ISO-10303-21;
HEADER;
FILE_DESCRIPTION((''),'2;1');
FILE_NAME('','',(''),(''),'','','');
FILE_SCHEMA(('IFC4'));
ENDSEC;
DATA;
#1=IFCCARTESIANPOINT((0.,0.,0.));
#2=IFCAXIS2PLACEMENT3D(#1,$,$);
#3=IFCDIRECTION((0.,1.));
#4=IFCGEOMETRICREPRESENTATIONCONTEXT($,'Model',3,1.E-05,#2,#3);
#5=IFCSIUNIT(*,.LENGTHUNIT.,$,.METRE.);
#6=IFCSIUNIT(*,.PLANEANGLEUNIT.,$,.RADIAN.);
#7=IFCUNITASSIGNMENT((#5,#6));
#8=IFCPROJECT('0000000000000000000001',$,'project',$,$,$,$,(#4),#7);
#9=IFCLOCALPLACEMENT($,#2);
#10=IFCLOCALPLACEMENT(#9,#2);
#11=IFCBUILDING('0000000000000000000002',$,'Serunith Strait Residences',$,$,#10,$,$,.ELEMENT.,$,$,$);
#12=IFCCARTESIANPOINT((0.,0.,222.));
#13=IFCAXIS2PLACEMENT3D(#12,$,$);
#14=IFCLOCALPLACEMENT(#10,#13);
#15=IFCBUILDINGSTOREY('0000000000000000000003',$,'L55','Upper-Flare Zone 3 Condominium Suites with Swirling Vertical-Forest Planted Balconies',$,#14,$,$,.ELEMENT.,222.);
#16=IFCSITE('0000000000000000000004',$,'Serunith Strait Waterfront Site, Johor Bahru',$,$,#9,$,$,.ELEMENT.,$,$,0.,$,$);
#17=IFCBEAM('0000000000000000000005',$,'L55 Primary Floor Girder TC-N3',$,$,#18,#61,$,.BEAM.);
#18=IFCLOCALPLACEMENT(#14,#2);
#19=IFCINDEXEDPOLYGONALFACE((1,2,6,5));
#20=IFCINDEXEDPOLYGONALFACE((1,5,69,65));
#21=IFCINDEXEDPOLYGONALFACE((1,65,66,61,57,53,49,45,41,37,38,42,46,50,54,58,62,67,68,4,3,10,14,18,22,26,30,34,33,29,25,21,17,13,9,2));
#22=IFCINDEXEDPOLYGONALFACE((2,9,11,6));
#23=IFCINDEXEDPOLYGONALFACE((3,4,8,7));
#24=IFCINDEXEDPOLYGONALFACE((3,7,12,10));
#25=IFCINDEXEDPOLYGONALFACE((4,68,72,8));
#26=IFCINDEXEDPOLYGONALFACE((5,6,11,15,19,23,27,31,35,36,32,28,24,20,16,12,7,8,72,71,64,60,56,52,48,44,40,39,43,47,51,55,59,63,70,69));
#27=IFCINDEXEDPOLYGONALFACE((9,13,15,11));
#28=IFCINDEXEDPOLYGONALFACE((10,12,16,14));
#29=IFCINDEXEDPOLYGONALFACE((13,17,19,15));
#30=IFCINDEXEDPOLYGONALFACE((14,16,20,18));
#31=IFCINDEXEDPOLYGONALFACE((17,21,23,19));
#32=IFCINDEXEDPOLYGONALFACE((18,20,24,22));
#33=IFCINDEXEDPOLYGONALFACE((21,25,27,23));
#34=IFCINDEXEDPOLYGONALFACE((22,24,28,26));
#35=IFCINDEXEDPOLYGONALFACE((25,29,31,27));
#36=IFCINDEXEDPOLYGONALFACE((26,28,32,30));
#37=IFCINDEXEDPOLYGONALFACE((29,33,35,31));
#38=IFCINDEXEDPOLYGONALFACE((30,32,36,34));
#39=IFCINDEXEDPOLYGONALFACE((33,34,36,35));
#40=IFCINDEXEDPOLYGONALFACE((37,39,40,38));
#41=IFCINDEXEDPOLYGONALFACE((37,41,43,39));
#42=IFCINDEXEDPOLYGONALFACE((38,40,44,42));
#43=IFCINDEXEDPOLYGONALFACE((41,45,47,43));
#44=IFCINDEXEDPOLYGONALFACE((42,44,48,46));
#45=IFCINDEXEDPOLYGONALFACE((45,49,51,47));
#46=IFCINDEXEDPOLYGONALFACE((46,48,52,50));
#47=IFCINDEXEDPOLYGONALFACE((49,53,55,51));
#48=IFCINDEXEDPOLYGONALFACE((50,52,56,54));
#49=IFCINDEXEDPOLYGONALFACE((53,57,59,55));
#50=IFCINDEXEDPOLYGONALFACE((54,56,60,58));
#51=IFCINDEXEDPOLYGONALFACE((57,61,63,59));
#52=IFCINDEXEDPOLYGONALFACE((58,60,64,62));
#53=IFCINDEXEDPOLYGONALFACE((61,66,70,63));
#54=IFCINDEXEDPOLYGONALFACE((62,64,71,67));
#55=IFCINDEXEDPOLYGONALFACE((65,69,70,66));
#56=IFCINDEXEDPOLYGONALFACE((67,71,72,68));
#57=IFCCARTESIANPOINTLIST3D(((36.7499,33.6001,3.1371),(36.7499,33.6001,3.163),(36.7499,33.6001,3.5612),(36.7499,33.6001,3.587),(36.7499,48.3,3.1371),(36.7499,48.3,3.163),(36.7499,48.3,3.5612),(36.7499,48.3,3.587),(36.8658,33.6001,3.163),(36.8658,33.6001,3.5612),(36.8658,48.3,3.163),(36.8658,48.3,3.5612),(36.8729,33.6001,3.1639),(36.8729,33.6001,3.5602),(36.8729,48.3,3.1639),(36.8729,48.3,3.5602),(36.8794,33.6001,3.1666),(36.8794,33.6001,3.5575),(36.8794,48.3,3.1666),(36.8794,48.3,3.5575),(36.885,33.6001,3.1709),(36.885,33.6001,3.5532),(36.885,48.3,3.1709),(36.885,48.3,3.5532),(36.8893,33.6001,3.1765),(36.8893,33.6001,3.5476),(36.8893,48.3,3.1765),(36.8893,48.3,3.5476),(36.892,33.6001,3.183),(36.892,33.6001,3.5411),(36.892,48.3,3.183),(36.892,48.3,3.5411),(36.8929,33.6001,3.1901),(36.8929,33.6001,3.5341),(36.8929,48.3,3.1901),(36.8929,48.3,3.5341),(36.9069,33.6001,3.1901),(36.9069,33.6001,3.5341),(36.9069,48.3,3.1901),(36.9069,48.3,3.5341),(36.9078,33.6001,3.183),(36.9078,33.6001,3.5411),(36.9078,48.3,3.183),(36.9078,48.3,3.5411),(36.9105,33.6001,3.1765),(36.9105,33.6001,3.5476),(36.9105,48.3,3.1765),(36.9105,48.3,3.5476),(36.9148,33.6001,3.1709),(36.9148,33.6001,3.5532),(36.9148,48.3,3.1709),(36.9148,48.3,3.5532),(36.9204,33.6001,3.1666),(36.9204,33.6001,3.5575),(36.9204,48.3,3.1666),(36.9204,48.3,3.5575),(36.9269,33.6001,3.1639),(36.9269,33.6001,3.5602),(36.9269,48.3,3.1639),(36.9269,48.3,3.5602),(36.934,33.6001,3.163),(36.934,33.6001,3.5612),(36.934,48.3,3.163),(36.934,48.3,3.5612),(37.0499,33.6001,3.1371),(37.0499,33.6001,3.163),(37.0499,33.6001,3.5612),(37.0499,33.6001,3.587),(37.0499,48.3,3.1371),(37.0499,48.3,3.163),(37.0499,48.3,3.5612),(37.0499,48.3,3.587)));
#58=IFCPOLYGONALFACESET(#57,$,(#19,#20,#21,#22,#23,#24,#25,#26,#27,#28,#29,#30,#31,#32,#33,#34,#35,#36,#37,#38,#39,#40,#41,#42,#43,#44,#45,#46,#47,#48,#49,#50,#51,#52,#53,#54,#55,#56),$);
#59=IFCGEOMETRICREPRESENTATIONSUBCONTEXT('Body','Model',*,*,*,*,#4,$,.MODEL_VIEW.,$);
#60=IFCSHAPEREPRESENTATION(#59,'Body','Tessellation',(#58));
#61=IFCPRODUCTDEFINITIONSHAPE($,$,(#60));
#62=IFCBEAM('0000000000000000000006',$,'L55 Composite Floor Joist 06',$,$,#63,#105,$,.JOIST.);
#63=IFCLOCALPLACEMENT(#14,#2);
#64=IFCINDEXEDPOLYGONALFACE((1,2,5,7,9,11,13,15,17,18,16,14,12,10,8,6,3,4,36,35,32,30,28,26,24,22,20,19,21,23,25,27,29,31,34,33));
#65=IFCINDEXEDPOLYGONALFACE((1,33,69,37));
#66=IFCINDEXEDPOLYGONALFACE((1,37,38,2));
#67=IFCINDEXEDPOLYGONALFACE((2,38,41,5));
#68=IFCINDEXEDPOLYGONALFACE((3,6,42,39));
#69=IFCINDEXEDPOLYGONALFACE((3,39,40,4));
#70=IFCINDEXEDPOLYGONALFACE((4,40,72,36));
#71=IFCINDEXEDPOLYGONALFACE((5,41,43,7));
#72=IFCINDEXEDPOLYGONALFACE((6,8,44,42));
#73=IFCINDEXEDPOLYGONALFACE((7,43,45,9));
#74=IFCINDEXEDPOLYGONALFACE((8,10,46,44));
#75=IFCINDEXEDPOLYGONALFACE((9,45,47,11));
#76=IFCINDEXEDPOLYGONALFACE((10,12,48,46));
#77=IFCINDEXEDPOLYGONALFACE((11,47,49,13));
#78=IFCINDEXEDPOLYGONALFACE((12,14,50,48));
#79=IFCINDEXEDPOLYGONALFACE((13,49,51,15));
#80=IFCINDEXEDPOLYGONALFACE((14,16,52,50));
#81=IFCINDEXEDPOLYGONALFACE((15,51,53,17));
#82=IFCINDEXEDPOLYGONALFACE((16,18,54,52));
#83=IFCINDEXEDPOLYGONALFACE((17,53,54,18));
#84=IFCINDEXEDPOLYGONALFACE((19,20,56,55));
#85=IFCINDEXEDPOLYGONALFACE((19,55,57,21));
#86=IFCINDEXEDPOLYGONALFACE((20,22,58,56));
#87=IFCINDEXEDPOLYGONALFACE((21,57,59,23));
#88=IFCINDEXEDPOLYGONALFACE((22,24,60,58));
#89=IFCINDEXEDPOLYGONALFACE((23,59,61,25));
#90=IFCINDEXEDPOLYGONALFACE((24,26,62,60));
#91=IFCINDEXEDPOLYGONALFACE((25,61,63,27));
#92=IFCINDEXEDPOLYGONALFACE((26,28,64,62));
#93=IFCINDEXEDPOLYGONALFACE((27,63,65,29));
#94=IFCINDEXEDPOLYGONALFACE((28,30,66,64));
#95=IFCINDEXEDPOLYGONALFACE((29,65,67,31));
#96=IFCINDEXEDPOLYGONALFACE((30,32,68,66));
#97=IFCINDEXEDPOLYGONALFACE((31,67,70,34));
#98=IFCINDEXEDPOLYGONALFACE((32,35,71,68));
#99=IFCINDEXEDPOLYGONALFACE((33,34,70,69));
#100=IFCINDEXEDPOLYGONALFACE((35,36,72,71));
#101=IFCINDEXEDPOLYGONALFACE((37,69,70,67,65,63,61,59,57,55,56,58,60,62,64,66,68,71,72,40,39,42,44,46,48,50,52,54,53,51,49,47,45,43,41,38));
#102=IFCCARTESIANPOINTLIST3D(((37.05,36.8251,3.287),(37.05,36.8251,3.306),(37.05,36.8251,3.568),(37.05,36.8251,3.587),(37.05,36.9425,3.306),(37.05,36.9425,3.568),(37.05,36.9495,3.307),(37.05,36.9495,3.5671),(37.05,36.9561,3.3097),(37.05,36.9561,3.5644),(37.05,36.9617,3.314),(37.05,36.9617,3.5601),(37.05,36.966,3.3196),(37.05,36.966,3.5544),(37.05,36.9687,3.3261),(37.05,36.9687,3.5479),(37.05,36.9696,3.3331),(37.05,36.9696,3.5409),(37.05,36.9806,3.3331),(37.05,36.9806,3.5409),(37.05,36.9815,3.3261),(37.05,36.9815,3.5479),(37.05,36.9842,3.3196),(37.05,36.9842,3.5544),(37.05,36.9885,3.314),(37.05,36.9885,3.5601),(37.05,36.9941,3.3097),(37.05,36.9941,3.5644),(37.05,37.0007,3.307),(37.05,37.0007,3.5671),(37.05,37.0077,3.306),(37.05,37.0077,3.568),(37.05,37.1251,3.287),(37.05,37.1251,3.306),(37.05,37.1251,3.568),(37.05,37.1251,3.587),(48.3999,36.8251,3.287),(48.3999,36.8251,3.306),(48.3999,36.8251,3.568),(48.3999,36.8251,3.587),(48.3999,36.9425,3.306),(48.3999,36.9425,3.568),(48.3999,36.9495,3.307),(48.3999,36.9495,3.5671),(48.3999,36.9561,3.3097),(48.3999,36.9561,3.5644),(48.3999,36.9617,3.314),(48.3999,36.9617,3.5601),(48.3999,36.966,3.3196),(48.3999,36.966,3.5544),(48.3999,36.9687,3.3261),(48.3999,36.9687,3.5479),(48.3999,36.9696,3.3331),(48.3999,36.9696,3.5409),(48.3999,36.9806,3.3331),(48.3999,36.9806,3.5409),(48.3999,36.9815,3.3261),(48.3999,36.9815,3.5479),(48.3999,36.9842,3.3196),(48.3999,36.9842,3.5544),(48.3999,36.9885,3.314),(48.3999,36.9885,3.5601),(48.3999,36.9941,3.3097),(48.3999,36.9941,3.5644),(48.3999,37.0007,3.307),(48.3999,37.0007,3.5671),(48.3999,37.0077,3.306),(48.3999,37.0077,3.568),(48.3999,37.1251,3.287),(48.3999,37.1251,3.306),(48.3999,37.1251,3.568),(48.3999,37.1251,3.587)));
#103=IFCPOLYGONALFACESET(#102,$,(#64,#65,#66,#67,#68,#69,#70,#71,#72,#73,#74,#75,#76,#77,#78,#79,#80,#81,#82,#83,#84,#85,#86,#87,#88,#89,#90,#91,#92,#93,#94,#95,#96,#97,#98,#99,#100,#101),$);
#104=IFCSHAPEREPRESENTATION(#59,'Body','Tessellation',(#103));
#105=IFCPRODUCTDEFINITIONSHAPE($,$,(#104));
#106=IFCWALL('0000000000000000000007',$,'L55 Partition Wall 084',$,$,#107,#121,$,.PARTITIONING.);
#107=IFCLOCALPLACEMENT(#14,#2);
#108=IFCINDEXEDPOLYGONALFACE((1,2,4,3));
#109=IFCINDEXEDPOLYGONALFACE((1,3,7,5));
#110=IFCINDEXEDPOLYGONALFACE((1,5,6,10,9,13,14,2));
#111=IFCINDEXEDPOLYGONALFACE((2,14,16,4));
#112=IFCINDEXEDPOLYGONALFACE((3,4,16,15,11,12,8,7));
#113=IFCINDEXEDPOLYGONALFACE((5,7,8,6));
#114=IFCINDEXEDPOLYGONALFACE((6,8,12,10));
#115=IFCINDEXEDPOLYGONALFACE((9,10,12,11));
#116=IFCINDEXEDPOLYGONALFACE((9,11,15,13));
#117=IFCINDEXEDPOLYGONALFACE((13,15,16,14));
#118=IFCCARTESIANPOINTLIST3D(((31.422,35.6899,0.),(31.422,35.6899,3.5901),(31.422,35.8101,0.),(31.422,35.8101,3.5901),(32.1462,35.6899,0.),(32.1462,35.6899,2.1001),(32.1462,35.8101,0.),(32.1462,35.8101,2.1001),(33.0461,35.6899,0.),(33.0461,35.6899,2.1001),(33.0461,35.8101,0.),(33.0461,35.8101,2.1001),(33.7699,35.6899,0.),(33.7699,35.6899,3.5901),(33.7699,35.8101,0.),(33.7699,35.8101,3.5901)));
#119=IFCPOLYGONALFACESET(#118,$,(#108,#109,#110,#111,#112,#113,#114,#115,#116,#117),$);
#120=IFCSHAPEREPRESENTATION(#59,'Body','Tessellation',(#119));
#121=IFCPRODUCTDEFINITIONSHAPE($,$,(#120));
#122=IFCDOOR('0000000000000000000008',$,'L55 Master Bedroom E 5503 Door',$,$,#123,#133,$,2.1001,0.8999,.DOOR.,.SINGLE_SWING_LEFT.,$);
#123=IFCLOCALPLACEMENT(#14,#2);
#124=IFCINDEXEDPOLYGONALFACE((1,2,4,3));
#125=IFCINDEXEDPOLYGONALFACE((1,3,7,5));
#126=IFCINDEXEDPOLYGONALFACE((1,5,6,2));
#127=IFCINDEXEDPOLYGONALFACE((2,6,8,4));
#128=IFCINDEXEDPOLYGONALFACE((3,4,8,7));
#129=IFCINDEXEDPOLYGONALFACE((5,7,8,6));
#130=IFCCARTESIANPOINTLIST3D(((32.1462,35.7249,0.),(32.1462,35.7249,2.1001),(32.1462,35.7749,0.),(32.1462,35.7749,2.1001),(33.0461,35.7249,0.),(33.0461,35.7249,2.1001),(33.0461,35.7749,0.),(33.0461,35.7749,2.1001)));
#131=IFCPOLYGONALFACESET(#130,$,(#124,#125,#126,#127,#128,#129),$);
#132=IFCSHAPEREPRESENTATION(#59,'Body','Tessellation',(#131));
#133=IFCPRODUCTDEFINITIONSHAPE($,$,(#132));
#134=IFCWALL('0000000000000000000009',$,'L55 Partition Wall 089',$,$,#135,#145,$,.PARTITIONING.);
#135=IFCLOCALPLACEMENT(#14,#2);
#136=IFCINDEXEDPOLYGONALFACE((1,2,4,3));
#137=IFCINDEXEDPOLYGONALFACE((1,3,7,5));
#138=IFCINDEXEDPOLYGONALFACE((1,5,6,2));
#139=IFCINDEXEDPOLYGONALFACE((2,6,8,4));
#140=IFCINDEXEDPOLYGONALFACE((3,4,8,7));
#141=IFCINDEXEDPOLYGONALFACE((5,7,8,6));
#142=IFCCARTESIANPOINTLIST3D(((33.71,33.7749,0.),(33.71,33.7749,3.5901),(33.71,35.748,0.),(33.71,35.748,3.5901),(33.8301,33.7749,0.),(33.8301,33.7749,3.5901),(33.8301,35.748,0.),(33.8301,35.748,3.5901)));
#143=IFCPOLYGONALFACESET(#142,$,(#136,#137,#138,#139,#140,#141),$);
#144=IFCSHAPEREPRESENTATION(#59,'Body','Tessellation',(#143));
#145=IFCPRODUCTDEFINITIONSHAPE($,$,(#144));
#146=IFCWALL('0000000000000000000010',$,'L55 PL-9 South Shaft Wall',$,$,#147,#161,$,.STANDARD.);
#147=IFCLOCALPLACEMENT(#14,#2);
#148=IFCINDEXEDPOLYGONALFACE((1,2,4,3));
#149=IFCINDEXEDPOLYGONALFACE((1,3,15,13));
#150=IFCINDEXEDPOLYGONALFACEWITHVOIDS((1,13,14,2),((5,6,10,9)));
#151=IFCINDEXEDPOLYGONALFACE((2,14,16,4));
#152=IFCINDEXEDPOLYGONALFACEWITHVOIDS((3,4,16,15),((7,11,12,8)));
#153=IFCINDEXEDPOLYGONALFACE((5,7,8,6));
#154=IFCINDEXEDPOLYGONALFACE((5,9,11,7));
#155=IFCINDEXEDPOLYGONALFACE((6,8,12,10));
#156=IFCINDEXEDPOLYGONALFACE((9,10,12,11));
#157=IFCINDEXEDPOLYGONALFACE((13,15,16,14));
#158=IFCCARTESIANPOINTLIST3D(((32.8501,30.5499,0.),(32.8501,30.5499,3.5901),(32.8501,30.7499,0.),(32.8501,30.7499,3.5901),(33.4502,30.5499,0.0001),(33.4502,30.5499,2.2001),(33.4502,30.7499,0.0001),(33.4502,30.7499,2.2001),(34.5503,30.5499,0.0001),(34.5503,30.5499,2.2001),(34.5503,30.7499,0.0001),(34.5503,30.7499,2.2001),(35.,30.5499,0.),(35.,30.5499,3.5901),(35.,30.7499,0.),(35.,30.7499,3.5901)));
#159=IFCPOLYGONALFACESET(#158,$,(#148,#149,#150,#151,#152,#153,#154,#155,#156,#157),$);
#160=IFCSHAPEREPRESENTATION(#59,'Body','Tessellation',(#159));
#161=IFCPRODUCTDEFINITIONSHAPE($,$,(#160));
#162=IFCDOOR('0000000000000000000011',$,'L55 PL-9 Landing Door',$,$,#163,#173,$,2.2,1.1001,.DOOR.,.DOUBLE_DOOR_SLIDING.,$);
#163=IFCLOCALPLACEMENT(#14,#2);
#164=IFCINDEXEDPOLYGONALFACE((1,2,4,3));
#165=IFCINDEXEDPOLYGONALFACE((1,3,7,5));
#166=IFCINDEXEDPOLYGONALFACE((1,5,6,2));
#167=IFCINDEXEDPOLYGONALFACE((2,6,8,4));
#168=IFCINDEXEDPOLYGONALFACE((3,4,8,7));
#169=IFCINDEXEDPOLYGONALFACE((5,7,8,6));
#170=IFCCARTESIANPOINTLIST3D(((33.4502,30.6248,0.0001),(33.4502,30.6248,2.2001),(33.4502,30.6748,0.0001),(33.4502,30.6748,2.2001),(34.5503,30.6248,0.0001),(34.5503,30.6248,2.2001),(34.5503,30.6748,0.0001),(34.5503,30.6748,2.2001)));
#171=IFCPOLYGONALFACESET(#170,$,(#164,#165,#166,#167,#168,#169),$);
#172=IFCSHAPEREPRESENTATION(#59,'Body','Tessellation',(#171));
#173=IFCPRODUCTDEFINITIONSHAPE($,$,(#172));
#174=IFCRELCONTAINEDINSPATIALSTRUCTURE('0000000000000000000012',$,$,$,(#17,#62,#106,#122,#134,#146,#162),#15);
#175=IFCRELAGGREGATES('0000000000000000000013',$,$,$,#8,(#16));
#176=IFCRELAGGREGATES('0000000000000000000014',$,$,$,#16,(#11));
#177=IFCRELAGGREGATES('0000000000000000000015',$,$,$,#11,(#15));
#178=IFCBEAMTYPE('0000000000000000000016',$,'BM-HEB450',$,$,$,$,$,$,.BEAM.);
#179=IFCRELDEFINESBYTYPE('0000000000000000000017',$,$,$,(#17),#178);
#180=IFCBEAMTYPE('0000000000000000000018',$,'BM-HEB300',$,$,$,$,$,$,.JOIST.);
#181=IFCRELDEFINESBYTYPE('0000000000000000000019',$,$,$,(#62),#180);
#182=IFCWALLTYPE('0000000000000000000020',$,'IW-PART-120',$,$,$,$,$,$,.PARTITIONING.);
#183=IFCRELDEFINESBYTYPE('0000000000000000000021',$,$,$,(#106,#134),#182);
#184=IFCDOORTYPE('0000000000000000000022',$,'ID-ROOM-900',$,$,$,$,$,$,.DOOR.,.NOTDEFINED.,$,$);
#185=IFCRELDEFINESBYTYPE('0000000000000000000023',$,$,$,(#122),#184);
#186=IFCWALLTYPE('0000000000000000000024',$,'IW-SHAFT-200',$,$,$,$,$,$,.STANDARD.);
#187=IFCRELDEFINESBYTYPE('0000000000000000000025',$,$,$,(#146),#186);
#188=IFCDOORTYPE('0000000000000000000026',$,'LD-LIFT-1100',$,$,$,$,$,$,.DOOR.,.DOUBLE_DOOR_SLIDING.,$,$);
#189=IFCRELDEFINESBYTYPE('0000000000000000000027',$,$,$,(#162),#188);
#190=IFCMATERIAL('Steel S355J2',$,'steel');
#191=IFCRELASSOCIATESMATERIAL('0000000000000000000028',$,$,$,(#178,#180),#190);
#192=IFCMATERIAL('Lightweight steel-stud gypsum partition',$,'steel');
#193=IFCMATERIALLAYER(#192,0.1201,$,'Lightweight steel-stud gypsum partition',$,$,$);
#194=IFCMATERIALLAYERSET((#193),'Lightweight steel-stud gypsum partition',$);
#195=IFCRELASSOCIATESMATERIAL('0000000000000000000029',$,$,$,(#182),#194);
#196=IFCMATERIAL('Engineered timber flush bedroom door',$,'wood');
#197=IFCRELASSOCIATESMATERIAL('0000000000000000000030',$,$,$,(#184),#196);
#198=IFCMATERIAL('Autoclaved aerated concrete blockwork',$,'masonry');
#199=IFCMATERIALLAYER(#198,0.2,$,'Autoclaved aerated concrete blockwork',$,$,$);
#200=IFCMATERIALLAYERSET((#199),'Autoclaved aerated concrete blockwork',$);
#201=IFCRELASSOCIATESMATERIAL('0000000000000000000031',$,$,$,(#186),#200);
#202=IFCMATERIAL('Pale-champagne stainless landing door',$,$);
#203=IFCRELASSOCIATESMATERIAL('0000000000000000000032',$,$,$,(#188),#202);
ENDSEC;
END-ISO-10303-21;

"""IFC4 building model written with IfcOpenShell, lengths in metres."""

from ifc_helpers import new_model, si_unit, direction, frame, frame_2d, origin, origin_2d, place, context, subcontext, project, spatial, rectangle, i_section, extrude, source, transform, mapped, material, layer, layer_set, material_profile, profile_set, type_object, element, fill, save


model = new_model("IFC4")

# Units and contexts
model_context = context("Model", 3, precision=1e-05, world=origin(), true_north=direction((0.0, 1.0)))
body_context = subcontext(model_context, "Body", "Model", "MODEL_VIEW")
ifc_project = project(units=[si_unit("LENGTHUNIT", "METRE"), si_unit("PLANEANGLEUNIT", "RADIAN")], contexts=[model_context])

# Site, building, storey
site_placement = place(None, origin())
site = spatial("IfcSite", under=ifc_project, at=site_placement, Name="Serunith Strait Waterfront Site, Johor Bahru", CompositionType="ELEMENT", RefElevation=0.0)
building_placement = place(site_placement, origin())
building = spatial("IfcBuilding", under=site, at=building_placement, Name="Serunith Strait Residences", CompositionType="ELEMENT")
storey_placement = place(building_placement, frame((0.0, 0.0, 222.0)))
storey = spatial("IfcBuildingStorey", under=building, at=storey_placement, Name="L55", Description="Upper-Flare Zone 3 Condominium Suites with Swirling Vertical-Forest Planted Balconies", CompositionType="ELEMENT", Elevation=222.0)

# Beams
ifc_material_1 = material(Name="Steel S355J2", Category="steel")
ifc_material_profile_1 = material_profile(ifc_material_1, i_section(OverallWidth=0.3, OverallDepth=0.45, WebThickness=0.0139, FlangeThickness=0.0259, FilletRadius=0.0271, at=origin_2d()), Name="HEB 450")
ifc_profile_set_1 = profile_set([ifc_material_profile_1], Name="Steel S355J2")
beam_type_1 = type_object("IfcBeamType", Name="BM-HEB450", PredefinedType="BEAM", material=ifc_profile_set_1)
shared_shape_1 = source(origin(), body_context, "Body", "SweptSolid", [
    extrude(i_section(OverallWidth=0.3, OverallDepth=0.45, WebThickness=0.0139, FlangeThickness=0.0259, FilletRadius=0.0271, at=origin_2d()), origin(), (0.0, 0.0, 1.0), 14.7),
])
beam_1_placement = place(storey_placement, frame((36.8999, 33.6001, 3.3621), z_axis=(0.0, 1.0, 0.0), x_axis=(-1.0, 0.0, 0.0)))
element("IfcBeam", 1, at=beam_1_placement, inside=storey, type_object=beam_type_1, Name="L55 Primary Floor Girder TC-N3", PredefinedType="BEAM", context=body_context, shape_type="MappedRepresentation", body=[
    mapped(shared_shape_1, transform((0.0, 0.0, 0.0), scale=1.0)),
])
ifc_material_profile_2 = material_profile(ifc_material_1, i_section(OverallWidth=0.3, OverallDepth=0.3, WebThickness=0.011, FlangeThickness=0.019, FilletRadius=0.0271, at=origin_2d()), Name="HEB 300")
ifc_profile_set_2 = profile_set([ifc_material_profile_2], Name="Steel S355J2")
beam_type_2 = type_object("IfcBeamType", Name="BM-HEB300", PredefinedType="JOIST", material=ifc_profile_set_2)
shared_shape_2 = source(origin(), body_context, "Body", "SweptSolid", [
    extrude(i_section(OverallWidth=0.3, OverallDepth=0.3, WebThickness=0.011, FlangeThickness=0.019, FilletRadius=0.0271, at=origin_2d()), origin(), (0.0, 0.0, 1.0), 11.3499),
])
beam_2_placement = place(storey_placement, frame((37.05, 36.9751, 3.437), z_axis=(1.0, 0.0, 0.0), x_axis=(0.0, 1.0, 0.0)))
element("IfcBeam", 2, at=beam_2_placement, inside=storey, type_object=beam_type_2, Name="L55 Composite Floor Joist 06", PredefinedType="JOIST", context=body_context, shape_type="MappedRepresentation", body=[
    mapped(shared_shape_2, transform((0.0, 0.0, 0.0), scale=1.0)),
])

# Wall, opening, door
ifc_material_2 = material(Name="Lightweight steel-stud gypsum partition", Category="steel")
ifc_layer_1 = layer(ifc_material_2, 0.1201, Name="Lightweight steel-stud gypsum partition")
ifc_layer_set_1 = layer_set([ifc_layer_1], Name="Lightweight steel-stud gypsum partition")
wall_type_1 = type_object("IfcWallType", Name="IW-PART-120", PredefinedType="PARTITIONING", material=ifc_layer_set_1)
wall_1_placement = place(storey_placement, frame((31.4221, 35.75, 0.0), z_axis=(0.0, 0.0, 1.0), x_axis=(1.0, 0.0, 0.0)))
wall_1 = element("IfcWall", 3, at=wall_1_placement, inside=storey, type_object=wall_type_1, Name="L55 Partition Wall 084", PredefinedType="PARTITIONING", context=body_context, shape_type="SweptSolid", body=[
    extrude(rectangle(XDim=2.3479, YDim=0.1201, at=frame_2d((1.1738, 0.0))), origin(), (0.0, 0.0, 1.0), 3.5901),
])
opening_1_placement = place(wall_1_placement, frame((0.7241, 0.0, 0.0)))
opening_1 = element("IfcOpeningElement", 4, at=opening_1_placement, cuts=wall_1, PredefinedType="OPENING", context=body_context, shape_type="SweptSolid", body=[
    extrude(rectangle(XDim=0.8999, YDim=2.1001, at=frame_2d((0.45, 1.05))), frame((0.0, 0.0701, 0.0), z_axis=(0.0, -1.0, 0.0), x_axis=(1.0, 0.0, 0.0)), (0.0, 0.0, 1.0), 0.1401),
])
ifc_material_3 = material(Name="Engineered timber flush bedroom door", Category="wood")
door_type_1 = type_object("IfcDoorType", Name="ID-ROOM-900", OperationType="NOTDEFINED", PredefinedType="DOOR", material=ifc_material_3)
shared_shape_3 = source(origin(), body_context, "Body", "SweptSolid", [
    extrude(rectangle(XDim=0.8999, YDim=2.1001, at=frame_2d((0.45, 1.05))), frame((0.0, 0.0249, 0.0), z_axis=(0.0, -1.0, 0.0), x_axis=(1.0, 0.0, 0.0)), (0.0, 0.0, 1.0), 0.05),
])
door_1_placement = place(opening_1_placement, origin())
door_1 = element("IfcDoor", 5, at=door_1_placement, inside=storey, type_object=door_type_1, Name="L55 Master Bedroom E 5503 Door", OperationType="SINGLE_SWING_LEFT", OverallHeight=2.1001, OverallWidth=0.8999, PredefinedType="DOOR", context=body_context, shape_type="MappedRepresentation", body=[
    mapped(shared_shape_3, transform((0.0, 0.0, 0.0), scale=1.0)),
])
fill(opening_1, door_1)

# Wall
wall_2_placement = place(storey_placement, frame((33.77, 35.748, 0.0), z_axis=(0.0, 0.0, 1.0), x_axis=(0.0, -1.0, 0.0)))
element("IfcWall", 6, at=wall_2_placement, inside=storey, type_object=wall_type_1, Name="L55 Partition Wall 089", PredefinedType="PARTITIONING", context=body_context, shape_type="SweptSolid", body=[
    extrude(rectangle(XDim=1.9731, YDim=0.1201, at=frame_2d((0.9866, 0.0))), origin(), (0.0, 0.0, 1.0), 3.5901),
])

# Wall, opening, door
ifc_material_4 = material(Name="Autoclaved aerated concrete blockwork", Category="masonry")
ifc_layer_2 = layer(ifc_material_4, 0.2, Name="Autoclaved aerated concrete blockwork")
ifc_layer_set_2 = layer_set([ifc_layer_2], Name="Autoclaved aerated concrete blockwork")
wall_type_2 = type_object("IfcWallType", Name="IW-SHAFT-200", PredefinedType="STANDARD", material=ifc_layer_set_2)
wall_3_placement = place(storey_placement, frame((32.8501, 30.6499, 0.0), z_axis=(0.0, 0.0, 1.0), x_axis=(1.0, 0.0, 0.0)))
wall_3 = element("IfcWall", 7, at=wall_3_placement, inside=storey, type_object=wall_type_2, Name="L55 PL-9 South Shaft Wall", PredefinedType="STANDARD", context=body_context, shape_type="SweptSolid", body=[
    extrude(rectangle(XDim=2.1499, YDim=0.2, at=frame_2d((1.075, 0.0))), origin(), (0.0, 0.0, 1.0), 3.5901),
])
opening_2_placement = place(wall_3_placement, frame((0.6001, 0.0, 0.0)))
opening_2 = element("IfcOpeningElement", 8, at=opening_2_placement, cuts=wall_3, PredefinedType="OPENING", context=body_context, shape_type="SweptSolid", body=[
    extrude(rectangle(XDim=1.1001, YDim=2.2, at=frame_2d((0.55, 1.1001))), frame((0.0, 0.1099, 0.0), z_axis=(0.0, -1.0, 0.0), x_axis=(1.0, 0.0, 0.0)), (0.0, 0.0, 1.0), 0.22),
])
ifc_material_5 = material(Name="Pale-champagne stainless landing door")
door_type_2 = type_object("IfcDoorType", Name="LD-LIFT-1100", OperationType="DOUBLE_DOOR_SLIDING", PredefinedType="DOOR", material=ifc_material_5)
shared_shape_4 = source(origin(), body_context, "Body", "SweptSolid", [
    extrude(rectangle(XDim=1.1001, YDim=2.2, at=frame_2d((0.55, 1.1001))), frame((0.0, 0.0249, 0.0), z_axis=(0.0, -1.0, 0.0), x_axis=(1.0, 0.0, 0.0)), (0.0, 0.0, 1.0), 0.05),
])
door_2_placement = place(opening_2_placement, origin())
door_2 = element("IfcDoor", 9, at=door_2_placement, inside=storey, type_object=door_type_2, Name="L55 PL-9 Landing Door", OperationType="DOUBLE_DOOR_SLIDING", OverallHeight=2.2, OverallWidth=1.1001, PredefinedType="DOOR", context=body_context, shape_type="MappedRepresentation", body=[
    mapped(shared_shape_4, transform((0.0, 0.0, 0.0), scale=1.0)),
])
fill(opening_2, door_2)

save(model, "model.ifc")
